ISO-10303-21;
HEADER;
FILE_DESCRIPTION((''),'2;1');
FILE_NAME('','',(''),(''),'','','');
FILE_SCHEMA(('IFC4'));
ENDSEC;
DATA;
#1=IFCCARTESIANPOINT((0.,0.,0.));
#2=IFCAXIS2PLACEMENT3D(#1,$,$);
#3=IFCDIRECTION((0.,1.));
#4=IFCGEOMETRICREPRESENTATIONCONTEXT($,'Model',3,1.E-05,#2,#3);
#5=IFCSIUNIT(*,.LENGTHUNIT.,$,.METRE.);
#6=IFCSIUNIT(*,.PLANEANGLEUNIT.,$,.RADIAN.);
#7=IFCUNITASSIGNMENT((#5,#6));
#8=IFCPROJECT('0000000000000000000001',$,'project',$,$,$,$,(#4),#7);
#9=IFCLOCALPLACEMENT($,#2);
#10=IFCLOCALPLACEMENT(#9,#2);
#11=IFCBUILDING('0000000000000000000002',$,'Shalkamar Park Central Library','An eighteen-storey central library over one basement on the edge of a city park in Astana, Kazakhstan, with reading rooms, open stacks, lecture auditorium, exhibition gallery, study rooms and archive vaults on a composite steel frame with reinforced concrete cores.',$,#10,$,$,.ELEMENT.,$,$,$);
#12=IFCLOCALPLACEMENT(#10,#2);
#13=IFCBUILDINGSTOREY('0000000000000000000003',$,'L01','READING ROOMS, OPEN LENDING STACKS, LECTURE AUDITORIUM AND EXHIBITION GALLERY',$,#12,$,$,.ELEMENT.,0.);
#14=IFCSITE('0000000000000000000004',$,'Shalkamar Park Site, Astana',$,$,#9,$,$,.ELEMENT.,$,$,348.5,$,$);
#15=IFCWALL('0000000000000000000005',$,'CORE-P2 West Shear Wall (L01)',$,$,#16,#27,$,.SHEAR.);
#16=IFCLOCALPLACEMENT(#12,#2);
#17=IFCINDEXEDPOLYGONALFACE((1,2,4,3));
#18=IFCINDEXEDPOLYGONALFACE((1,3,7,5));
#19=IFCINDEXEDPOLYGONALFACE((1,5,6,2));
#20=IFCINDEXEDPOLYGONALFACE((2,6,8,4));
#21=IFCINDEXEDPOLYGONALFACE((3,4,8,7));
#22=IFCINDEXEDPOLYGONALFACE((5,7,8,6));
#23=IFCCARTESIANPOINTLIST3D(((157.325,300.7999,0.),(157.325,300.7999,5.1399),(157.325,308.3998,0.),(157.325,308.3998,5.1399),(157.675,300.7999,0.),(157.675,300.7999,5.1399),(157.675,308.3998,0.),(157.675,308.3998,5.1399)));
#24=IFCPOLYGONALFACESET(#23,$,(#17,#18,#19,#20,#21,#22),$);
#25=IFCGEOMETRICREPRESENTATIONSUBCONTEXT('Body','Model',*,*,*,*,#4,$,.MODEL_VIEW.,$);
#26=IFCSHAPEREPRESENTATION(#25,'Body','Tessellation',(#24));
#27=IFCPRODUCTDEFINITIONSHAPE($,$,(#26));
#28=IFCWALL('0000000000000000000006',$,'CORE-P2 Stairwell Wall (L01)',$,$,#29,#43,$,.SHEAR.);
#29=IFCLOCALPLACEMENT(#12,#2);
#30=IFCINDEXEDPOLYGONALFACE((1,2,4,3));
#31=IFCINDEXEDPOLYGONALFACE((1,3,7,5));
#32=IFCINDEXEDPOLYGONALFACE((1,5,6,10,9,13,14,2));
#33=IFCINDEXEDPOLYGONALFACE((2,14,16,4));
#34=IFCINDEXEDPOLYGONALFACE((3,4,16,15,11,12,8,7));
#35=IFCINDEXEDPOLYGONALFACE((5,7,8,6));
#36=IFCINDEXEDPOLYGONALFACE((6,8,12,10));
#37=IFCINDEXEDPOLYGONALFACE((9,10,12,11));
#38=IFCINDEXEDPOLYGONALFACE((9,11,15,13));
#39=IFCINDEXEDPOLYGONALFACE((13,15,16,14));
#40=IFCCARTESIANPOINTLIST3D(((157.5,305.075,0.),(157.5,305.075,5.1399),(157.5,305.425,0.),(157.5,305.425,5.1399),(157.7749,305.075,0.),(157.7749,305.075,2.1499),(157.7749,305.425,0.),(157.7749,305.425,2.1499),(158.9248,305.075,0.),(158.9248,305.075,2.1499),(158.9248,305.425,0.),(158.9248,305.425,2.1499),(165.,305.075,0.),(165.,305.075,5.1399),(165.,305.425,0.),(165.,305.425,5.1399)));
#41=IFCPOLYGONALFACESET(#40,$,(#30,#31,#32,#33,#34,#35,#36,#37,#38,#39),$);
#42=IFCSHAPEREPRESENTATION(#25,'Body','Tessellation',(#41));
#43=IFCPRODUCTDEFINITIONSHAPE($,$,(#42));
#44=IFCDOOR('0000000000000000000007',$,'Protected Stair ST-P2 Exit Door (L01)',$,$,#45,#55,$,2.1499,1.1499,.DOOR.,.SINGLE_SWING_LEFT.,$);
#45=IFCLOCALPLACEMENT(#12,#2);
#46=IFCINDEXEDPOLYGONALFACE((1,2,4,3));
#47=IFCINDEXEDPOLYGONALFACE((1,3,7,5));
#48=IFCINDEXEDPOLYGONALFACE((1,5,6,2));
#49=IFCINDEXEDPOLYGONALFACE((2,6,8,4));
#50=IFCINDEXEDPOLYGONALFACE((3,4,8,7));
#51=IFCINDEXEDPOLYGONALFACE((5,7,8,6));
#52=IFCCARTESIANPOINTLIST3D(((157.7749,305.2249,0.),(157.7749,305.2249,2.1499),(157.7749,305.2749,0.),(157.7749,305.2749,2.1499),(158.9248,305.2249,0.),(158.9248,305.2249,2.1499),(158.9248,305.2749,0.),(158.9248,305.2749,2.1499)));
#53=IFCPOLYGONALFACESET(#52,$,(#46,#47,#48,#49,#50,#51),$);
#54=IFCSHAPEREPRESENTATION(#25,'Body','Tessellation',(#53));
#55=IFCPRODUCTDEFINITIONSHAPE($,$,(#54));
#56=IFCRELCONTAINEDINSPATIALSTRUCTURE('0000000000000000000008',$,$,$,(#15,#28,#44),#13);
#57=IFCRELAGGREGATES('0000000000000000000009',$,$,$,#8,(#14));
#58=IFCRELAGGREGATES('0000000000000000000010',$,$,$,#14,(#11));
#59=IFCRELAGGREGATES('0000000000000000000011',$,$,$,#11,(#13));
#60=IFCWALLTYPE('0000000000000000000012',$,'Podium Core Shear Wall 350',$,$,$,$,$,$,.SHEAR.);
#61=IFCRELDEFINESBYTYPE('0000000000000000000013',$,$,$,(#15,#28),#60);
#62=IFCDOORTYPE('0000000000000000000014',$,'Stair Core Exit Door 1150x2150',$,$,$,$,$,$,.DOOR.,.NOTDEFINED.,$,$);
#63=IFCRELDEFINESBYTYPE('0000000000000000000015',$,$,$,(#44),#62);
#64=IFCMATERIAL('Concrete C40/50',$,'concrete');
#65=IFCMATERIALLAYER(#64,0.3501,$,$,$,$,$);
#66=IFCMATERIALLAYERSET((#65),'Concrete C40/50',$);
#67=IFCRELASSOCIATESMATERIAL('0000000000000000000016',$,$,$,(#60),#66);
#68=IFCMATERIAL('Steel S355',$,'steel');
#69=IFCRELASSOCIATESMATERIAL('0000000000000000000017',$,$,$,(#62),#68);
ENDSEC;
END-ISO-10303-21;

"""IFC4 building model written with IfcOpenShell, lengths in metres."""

from ifc_helpers import new_model, si_unit, direction, frame, frame_2d, origin, place, context, subcontext, project, spatial, rectangle, extrude, material, layer, layer_set, type_object, element, fill, save


model = new_model("IFC4")

# Units and contexts
model_context = context("Model", 3, precision=1e-05, world=origin(), true_north=direction((0.0, 1.0)))
body_context = subcontext(model_context, "Body", "Model", "MODEL_VIEW")
ifc_project = project(units=[si_unit("LENGTHUNIT", "METRE"), si_unit("PLANEANGLEUNIT", "RADIAN")], contexts=[model_context])

# Site, building, storey
site_placement = place(None, origin())
site = spatial("IfcSite", under=ifc_project, at=site_placement, Name="Shalkamar Park Site, Astana", CompositionType="ELEMENT", RefElevation=348.5)
building_placement = place(site_placement, origin())
building = spatial("IfcBuilding", under=site, at=building_placement, Name="Shalkamar Park Central Library", Description="An eighteen-storey central library over one basement on the edge of a city park in Astana, Kazakhstan, with reading rooms, open stacks, lecture auditorium, exhibition gallery, study rooms and archive vaults on a composite steel frame with reinforced concrete cores.", CompositionType="ELEMENT")
storey_placement = place(building_placement, origin())
storey = spatial("IfcBuildingStorey", under=building, at=storey_placement, Name="L01", Description="READING ROOMS, OPEN LENDING STACKS, LECTURE AUDITORIUM AND EXHIBITION GALLERY", CompositionType="ELEMENT", Elevation=0.0)

# Shared definitions
ifc_material_1 = material(Name="Steel S355", Category="steel")

# Wall
ifc_material_2 = material(Name="Concrete C40/50", Category="concrete")
ifc_layer_1 = layer(ifc_material_2, 0.3501)
ifc_layer_set_1 = layer_set([ifc_layer_1], Name="Concrete C40/50")
wall_type_1 = type_object("IfcWallType", Name="Podium Core Shear Wall 350", PredefinedType="SHEAR", material=ifc_layer_set_1)
wall_1_placement = place(storey_placement, frame((157.5, 300.8, 0.0), z_axis=(0.0, 0.0, 1.0), x_axis=(0.0, 1.0, 0.0)))
element("IfcWall", 1, at=wall_1_placement, inside=storey, type_object=wall_type_1, Name="CORE-P2 West Shear Wall (L01)", PredefinedType="SHEAR", context=body_context, shape_type="SweptSolid", body=[
    extrude(rectangle(XDim=7.5999, YDim=0.3501, at=frame_2d((3.7998, 0.0))), origin(), (0.0, 0.0, 1.0), 5.1399),
])

# Wall, opening, door
wall_2_placement = place(storey_placement, frame((157.5, 305.25, 0.0), z_axis=(0.0, 0.0, 1.0), x_axis=(1.0, 0.0, 0.0)))
wall_2 = element("IfcWall", 2, at=wall_2_placement, inside=storey, type_object=wall_type_1, Name="CORE-P2 Stairwell Wall (L01)", PredefinedType="SHEAR", context=body_context, shape_type="SweptSolid", body=[
    extrude(rectangle(XDim=7.5, YDim=0.3501, at=frame_2d((3.75, 0.0))), origin(), (0.0, 0.0, 1.0), 5.1399),
])
opening_1_placement = place(wall_2_placement, frame((0.2749, 0.0, 0.0)))
opening_1 = element("IfcOpeningElement", 3, at=opening_1_placement, cuts=wall_2, PredefinedType="OPENING", context=body_context, shape_type="SweptSolid", body=[
    extrude(rectangle(XDim=1.1499, YDim=2.1499, at=frame_2d((0.575, 1.075))), frame((0.0, 0.1899, 0.0), z_axis=(0.0, -1.0, 0.0), x_axis=(1.0, 0.0, 0.0)), (0.0, 0.0, 1.0), 0.3799),
])
door_type_1 = type_object("IfcDoorType", Name="Stair Core Exit Door 1150x2150", OperationType="NOTDEFINED", PredefinedType="DOOR", material=ifc_material_1)
door_1_placement = place(opening_1_placement, origin())
door_1 = element("IfcDoor", 4, at=door_1_placement, inside=storey, type_object=door_type_1, Name="Protected Stair ST-P2 Exit Door (L01)", OperationType="SINGLE_SWING_LEFT", OverallHeight=2.1499, OverallWidth=1.1499, PredefinedType="DOOR", context=body_context, shape_type="SweptSolid", body=[
    extrude(rectangle(XDim=1.1499, YDim=2.1499, at=frame_2d((0.575, 1.075))), frame((0.0, 0.0249, 0.0), z_axis=(0.0, -1.0, 0.0), x_axis=(1.0, 0.0, 0.0)), (0.0, 0.0, 1.0), 0.05),
])
fill(opening_1, door_1)

save(model, "model.ifc")
